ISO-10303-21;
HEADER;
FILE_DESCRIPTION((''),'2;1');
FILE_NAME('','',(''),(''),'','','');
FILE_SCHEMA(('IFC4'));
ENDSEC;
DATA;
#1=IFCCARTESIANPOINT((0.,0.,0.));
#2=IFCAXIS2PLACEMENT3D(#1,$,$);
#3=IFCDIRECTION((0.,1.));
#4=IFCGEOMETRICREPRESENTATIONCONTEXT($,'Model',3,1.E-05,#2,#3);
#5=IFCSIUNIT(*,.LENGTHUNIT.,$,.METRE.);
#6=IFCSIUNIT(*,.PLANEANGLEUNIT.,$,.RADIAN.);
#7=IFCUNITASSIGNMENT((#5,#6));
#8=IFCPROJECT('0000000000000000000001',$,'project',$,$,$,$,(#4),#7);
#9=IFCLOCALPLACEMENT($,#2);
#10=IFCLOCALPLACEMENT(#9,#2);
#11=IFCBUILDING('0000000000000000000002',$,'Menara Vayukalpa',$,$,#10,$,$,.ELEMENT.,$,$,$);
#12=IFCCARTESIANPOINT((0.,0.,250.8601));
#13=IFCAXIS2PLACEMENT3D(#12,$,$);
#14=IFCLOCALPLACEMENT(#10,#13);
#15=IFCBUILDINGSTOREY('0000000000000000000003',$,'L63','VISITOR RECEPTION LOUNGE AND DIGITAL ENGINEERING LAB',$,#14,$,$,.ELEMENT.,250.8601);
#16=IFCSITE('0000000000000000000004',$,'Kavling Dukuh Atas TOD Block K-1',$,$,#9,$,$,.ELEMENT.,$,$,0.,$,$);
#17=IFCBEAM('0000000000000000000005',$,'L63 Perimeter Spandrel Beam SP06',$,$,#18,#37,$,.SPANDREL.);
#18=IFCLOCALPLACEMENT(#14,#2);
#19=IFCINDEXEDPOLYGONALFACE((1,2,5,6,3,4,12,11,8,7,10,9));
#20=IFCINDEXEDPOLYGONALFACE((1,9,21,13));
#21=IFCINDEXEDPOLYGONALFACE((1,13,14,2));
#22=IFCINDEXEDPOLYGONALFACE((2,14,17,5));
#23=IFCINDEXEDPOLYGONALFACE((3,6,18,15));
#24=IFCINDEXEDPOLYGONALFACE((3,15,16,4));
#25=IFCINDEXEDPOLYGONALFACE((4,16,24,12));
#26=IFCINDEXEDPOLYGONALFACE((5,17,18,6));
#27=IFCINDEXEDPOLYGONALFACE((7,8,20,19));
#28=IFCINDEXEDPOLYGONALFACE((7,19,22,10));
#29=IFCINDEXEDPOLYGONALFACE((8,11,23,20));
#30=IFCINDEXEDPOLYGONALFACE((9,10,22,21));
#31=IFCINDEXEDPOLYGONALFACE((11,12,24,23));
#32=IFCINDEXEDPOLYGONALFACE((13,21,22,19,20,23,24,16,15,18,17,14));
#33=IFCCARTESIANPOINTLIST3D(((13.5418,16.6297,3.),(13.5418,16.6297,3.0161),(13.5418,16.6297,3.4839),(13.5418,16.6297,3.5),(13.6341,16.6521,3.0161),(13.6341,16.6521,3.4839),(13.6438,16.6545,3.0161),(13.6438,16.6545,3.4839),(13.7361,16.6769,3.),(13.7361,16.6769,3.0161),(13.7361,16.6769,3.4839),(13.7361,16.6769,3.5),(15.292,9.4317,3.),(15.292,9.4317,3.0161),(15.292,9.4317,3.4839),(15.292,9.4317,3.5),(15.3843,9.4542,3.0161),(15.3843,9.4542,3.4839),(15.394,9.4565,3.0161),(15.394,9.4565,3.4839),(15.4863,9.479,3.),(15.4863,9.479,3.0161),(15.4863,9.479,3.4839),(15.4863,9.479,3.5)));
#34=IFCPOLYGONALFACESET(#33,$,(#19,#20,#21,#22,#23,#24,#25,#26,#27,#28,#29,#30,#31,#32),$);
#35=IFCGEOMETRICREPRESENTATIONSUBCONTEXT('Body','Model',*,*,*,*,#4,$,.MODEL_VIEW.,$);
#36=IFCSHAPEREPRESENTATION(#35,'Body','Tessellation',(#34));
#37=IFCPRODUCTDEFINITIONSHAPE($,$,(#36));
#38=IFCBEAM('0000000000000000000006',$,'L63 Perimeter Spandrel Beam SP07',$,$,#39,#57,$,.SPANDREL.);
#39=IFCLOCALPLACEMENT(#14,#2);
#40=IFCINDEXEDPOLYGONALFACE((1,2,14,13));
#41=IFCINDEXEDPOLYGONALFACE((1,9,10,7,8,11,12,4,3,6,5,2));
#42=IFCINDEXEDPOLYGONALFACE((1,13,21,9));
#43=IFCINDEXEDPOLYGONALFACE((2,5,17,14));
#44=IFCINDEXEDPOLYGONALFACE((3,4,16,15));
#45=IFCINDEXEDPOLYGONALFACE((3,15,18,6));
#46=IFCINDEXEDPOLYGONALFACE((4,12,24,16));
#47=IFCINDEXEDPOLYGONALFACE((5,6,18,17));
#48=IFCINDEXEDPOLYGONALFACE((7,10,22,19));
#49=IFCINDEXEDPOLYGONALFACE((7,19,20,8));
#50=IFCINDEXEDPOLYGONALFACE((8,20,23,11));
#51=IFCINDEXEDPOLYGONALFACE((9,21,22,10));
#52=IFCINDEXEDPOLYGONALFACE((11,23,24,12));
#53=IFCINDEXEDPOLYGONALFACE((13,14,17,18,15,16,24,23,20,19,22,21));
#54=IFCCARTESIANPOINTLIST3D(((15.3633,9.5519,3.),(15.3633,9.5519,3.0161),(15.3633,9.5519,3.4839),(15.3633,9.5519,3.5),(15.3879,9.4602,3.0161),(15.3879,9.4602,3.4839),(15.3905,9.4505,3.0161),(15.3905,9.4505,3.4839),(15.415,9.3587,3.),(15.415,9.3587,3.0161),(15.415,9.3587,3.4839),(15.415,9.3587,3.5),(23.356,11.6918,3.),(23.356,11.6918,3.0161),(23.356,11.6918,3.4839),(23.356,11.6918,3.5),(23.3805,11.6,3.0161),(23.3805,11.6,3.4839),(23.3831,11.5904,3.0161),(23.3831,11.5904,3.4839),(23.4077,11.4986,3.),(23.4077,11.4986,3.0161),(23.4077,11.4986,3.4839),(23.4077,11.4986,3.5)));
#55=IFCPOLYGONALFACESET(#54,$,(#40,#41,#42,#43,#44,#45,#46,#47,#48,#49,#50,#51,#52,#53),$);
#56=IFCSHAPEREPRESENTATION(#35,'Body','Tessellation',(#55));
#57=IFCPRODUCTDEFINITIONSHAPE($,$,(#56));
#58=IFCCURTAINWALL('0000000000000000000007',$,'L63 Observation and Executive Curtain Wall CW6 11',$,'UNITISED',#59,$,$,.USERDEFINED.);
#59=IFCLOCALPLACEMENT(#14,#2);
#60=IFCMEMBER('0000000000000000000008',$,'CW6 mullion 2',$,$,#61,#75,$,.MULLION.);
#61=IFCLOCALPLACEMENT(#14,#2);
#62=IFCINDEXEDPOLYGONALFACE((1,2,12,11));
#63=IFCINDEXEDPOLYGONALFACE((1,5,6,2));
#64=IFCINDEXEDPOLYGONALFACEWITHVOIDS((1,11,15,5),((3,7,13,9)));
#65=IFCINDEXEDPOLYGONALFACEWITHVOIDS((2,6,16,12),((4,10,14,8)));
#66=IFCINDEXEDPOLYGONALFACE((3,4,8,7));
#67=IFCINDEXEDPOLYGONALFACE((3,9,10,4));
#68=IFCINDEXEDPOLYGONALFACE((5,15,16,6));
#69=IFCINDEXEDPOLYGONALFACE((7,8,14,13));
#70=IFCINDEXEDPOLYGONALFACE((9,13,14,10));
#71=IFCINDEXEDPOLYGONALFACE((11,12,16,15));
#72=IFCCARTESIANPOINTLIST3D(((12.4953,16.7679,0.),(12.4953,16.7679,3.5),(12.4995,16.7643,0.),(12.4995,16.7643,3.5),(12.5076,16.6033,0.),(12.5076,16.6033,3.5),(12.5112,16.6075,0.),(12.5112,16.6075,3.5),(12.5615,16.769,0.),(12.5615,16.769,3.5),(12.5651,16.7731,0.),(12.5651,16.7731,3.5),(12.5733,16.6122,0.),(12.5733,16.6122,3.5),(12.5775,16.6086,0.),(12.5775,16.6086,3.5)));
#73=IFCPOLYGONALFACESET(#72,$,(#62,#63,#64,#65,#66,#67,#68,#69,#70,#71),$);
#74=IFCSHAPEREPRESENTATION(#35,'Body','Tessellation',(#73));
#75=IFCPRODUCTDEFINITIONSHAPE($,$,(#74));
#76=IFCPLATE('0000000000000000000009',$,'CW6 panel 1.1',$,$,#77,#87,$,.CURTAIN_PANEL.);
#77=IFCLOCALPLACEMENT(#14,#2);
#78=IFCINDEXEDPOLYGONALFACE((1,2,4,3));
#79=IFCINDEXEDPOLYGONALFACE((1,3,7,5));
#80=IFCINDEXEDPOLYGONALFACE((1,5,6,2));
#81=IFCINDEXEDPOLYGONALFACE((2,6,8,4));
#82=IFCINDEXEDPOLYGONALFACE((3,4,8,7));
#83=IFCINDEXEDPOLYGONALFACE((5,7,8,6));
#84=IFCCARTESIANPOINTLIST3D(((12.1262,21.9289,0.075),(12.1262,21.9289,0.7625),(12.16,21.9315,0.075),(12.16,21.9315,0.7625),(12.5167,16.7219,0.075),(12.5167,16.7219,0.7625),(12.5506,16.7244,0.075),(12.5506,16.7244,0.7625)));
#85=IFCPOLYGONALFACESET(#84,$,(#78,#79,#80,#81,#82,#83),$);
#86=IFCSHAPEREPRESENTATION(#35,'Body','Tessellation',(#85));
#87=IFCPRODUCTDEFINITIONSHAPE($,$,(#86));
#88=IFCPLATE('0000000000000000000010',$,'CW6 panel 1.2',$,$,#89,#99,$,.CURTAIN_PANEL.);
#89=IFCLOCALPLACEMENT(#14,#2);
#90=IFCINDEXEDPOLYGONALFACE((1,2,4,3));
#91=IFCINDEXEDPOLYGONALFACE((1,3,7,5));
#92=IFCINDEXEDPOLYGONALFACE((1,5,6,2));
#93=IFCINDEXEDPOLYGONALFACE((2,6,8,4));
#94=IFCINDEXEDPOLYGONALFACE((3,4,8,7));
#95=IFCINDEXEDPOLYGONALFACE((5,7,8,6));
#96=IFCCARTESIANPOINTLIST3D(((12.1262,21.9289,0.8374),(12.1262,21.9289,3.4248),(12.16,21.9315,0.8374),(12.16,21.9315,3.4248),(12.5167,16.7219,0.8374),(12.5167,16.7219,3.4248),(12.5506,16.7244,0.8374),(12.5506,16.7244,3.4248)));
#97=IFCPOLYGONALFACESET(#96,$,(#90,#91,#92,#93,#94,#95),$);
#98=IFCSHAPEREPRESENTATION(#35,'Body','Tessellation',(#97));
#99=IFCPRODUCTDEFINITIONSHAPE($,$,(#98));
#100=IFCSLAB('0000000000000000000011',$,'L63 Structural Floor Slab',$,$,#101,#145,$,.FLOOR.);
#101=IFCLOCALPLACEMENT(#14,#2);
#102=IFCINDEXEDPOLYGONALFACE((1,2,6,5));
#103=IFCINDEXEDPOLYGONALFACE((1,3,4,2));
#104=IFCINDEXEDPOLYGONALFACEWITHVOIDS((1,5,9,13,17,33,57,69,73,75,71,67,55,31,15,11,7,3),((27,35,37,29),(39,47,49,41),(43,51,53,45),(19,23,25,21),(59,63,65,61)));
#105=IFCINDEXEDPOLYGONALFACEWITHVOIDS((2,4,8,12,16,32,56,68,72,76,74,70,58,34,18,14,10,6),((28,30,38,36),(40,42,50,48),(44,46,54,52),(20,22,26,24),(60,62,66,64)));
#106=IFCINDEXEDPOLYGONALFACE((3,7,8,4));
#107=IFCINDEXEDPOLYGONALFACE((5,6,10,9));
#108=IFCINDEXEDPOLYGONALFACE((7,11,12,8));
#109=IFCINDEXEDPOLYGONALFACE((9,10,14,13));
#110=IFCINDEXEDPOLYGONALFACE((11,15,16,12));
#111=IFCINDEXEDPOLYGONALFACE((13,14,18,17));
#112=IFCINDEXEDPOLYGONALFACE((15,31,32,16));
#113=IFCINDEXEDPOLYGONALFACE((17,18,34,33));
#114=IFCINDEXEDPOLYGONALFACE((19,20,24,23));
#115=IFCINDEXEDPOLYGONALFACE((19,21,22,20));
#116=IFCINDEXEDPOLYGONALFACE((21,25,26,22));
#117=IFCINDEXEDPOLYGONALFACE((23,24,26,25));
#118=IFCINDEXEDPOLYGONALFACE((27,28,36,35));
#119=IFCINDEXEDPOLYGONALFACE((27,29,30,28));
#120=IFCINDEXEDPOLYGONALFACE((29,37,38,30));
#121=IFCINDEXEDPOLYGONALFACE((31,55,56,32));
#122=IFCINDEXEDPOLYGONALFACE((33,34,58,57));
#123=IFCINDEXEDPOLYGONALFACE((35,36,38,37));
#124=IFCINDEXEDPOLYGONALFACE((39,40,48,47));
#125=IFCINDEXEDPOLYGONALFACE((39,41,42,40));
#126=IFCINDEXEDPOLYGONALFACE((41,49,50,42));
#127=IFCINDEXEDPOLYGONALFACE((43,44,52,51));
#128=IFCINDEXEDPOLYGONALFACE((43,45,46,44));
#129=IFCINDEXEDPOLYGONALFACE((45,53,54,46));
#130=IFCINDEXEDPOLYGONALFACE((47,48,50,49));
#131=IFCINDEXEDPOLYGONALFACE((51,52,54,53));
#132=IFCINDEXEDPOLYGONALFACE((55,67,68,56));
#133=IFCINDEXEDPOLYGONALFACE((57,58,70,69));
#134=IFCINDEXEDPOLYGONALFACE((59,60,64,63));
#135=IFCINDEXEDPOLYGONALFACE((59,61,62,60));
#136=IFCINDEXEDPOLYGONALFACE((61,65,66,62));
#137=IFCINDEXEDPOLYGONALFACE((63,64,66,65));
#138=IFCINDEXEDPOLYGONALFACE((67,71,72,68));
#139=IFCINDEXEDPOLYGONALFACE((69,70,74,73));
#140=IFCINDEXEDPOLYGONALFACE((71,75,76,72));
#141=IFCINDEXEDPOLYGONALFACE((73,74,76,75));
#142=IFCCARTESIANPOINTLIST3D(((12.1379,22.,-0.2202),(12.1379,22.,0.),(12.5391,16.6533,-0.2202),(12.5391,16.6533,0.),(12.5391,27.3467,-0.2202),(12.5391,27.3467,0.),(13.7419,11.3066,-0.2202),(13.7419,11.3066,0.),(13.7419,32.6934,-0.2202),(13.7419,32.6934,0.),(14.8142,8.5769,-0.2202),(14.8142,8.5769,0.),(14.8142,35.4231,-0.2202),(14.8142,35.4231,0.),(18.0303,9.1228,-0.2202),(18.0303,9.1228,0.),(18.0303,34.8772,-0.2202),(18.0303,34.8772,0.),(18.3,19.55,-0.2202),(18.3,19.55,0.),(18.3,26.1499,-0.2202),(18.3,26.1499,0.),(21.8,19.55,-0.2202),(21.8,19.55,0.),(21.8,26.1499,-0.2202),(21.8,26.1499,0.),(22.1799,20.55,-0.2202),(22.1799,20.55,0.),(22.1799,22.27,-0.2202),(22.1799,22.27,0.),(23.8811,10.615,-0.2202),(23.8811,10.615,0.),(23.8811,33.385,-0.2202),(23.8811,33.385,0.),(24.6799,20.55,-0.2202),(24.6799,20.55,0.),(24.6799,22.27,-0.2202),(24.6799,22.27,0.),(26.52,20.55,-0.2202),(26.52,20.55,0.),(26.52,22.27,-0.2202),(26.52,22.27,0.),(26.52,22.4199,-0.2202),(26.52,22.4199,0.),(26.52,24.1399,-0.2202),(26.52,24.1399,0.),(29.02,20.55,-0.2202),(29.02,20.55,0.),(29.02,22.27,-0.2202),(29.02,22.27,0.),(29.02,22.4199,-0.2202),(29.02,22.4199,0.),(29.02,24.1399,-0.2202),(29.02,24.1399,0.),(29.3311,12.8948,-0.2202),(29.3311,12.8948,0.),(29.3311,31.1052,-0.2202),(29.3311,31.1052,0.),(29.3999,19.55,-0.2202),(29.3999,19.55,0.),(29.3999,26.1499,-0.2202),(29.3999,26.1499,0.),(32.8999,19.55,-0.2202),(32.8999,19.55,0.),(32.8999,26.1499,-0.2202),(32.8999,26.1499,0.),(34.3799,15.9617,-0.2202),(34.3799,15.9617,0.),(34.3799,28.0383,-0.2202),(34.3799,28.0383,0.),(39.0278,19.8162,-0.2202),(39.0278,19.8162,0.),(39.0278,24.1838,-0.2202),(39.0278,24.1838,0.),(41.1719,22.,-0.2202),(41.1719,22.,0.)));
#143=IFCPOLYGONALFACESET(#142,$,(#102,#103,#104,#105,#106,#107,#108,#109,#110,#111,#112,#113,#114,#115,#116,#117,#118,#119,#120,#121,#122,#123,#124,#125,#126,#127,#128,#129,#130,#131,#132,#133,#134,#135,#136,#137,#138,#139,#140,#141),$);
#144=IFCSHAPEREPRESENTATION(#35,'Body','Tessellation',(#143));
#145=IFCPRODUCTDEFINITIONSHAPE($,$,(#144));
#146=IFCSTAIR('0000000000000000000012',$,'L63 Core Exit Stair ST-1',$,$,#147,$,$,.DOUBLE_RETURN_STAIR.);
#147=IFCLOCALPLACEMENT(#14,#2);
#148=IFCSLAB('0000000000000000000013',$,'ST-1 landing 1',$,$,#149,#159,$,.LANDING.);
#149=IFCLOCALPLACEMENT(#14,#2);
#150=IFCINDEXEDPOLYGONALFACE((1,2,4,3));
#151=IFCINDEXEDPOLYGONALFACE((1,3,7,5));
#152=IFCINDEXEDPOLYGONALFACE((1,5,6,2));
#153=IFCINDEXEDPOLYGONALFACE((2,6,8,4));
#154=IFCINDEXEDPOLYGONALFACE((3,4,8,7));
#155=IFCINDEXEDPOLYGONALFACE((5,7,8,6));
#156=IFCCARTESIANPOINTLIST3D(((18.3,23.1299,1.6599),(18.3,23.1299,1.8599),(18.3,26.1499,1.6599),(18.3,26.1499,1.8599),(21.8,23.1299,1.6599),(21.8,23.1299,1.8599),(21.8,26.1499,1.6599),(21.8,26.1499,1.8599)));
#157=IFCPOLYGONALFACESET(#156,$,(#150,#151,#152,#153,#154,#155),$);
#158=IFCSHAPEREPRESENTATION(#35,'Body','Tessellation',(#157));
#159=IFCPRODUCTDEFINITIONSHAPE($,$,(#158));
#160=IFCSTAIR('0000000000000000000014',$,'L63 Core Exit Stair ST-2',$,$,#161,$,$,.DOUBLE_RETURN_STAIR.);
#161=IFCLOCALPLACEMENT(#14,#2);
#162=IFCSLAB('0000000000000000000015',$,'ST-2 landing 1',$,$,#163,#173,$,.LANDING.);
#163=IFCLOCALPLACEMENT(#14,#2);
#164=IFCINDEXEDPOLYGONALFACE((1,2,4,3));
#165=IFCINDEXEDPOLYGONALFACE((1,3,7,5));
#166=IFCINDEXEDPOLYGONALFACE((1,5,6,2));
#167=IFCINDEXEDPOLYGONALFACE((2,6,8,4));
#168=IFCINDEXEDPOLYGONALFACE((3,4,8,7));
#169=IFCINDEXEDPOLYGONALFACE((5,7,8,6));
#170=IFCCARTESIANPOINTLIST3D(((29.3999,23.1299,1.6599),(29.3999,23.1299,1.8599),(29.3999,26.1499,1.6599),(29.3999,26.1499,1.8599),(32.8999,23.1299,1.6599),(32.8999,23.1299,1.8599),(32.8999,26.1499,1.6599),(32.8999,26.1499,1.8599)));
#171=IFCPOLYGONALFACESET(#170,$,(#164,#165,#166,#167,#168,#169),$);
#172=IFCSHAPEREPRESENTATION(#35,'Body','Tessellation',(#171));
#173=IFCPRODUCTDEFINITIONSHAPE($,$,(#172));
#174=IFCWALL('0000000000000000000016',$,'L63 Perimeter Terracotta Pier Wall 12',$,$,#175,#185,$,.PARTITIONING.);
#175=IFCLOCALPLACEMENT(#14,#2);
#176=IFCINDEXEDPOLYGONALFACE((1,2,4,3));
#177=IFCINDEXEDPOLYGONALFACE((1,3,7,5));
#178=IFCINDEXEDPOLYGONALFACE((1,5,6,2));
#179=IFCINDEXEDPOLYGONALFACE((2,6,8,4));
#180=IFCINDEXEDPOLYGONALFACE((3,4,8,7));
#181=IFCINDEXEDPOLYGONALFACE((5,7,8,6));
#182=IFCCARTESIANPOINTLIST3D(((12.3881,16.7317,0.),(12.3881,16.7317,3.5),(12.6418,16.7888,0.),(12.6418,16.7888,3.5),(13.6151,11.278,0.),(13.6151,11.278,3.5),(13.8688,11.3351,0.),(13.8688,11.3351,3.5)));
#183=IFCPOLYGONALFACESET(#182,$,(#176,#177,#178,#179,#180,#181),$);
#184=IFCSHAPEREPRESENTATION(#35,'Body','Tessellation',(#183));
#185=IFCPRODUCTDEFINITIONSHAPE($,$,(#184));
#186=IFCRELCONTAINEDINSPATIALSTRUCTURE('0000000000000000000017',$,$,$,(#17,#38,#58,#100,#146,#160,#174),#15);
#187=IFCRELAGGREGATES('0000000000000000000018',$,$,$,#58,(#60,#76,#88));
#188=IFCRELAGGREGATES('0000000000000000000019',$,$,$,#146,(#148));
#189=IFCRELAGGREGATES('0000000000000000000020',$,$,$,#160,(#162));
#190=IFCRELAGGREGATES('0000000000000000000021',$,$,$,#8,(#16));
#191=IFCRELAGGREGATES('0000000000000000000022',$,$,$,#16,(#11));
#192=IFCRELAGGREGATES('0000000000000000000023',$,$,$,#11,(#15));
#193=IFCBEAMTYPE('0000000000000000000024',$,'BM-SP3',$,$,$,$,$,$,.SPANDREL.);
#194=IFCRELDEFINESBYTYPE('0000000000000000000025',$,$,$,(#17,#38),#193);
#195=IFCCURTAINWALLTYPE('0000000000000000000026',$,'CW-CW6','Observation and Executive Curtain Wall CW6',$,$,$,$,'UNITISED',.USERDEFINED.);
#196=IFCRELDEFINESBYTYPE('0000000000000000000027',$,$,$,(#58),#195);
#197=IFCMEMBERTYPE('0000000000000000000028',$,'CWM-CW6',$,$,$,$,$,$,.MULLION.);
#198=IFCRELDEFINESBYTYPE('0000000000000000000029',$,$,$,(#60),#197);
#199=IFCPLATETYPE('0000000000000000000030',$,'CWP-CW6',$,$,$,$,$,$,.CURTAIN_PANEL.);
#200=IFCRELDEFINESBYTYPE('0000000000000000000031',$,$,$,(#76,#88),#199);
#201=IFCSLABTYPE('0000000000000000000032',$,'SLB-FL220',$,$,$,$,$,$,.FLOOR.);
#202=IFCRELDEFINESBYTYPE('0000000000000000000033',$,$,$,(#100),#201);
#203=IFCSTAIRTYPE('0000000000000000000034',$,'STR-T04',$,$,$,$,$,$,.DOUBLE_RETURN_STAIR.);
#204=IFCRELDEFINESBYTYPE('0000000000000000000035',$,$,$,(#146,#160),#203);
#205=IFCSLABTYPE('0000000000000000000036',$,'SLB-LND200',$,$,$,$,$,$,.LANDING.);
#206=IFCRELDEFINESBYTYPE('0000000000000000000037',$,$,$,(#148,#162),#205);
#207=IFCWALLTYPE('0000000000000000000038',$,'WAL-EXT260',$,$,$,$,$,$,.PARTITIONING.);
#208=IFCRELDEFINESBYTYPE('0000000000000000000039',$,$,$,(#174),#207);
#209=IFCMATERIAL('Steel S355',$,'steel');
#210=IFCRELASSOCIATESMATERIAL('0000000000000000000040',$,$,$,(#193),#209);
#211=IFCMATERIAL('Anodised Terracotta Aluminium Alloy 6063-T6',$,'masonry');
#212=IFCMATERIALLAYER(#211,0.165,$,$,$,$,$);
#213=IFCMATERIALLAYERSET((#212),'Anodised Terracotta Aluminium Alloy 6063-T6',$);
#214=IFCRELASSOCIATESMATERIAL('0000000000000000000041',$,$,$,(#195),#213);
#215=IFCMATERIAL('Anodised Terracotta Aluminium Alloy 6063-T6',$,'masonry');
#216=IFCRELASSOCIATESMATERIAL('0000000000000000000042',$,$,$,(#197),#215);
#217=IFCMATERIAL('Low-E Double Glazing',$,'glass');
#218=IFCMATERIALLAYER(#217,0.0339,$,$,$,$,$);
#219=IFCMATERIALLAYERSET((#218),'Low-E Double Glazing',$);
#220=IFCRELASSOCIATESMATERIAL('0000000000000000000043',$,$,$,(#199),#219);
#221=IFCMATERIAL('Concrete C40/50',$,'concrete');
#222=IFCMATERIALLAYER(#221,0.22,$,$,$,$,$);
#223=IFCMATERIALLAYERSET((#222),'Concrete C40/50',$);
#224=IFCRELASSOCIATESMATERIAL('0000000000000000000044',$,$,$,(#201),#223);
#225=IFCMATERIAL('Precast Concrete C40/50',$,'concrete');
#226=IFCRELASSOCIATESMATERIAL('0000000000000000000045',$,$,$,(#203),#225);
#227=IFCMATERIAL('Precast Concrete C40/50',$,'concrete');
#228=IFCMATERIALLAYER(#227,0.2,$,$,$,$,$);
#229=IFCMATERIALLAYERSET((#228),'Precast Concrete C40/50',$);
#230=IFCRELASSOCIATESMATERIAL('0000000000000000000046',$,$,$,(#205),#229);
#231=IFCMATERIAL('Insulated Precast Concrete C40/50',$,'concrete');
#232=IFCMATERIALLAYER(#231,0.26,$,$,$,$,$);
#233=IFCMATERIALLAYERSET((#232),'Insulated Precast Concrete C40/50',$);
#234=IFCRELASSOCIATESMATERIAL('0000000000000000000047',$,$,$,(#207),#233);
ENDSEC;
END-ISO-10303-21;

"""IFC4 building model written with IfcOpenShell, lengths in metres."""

from ifc_helpers import new_model, si_unit, direction, frame, frame_2d, origin, origin_2d, place, context, subcontext, project, spatial, polyline, rectangle, hollow_rectangle, i_section, outline, extrude, material, layer, layer_set, material_profile, profile_set, type_object, element, aggregate, save


model = new_model("IFC4")

# Units and contexts
model_context = context("Model", 3, precision=1e-05, world=origin(), true_north=direction((0.0, 1.0)))
body_context = subcontext(model_context, "Body", "Model", "MODEL_VIEW")
ifc_project = project(units=[si_unit("LENGTHUNIT", "METRE"), si_unit("PLANEANGLEUNIT", "RADIAN")], contexts=[model_context])

# Site, building, storey
site_placement = place(None, origin())
site = spatial("IfcSite", under=ifc_project, at=site_placement, Name="Kavling Dukuh Atas TOD Block K-1", CompositionType="ELEMENT", RefElevation=0.0)
building_placement = place(site_placement, origin())
building = spatial("IfcBuilding", under=site, at=building_placement, Name="Menara Vayukalpa", CompositionType="ELEMENT")
storey_placement = place(building_placement, frame((0.0, 0.0, 250.8601)))
storey = spatial("IfcBuildingStorey", under=building, at=storey_placement, Name="L63", Description="VISITOR RECEPTION LOUNGE AND DIGITAL ENGINEERING LAB", CompositionType="ELEMENT", Elevation=250.8601)

# Beams
ifc_material_1 = material(Name="Steel S355", Category="steel")
ifc_material_profile_1 = material_profile(ifc_material_1, i_section(OverallWidth=0.2, OverallDepth=0.5, WebThickness=0.01, FlangeThickness=0.0161, at=origin_2d()), Name="WF 500x200x10x16")
ifc_profile_set_1 = profile_set([ifc_material_profile_1], Name="Steel S355")
beam_type_1 = type_object("IfcBeamType", Name="BM-SP3", PredefinedType="SPANDREL", material=ifc_profile_set_1)
beam_1_placement = place(storey_placement, frame((13.6389, 16.6533, 3.25), z_axis=(0.236273, -0.971687, 0.0), x_axis=(0.971687, 0.236273, 0.0)))
element("IfcBeam", 1, at=beam_1_placement, inside=storey, type_object=beam_type_1, Name="L63 Perimeter Spandrel Beam SP06", PredefinedType="SPANDREL", context=body_context, shape_type="SweptSolid", body=[
    extrude(i_section(OverallWidth=0.2, OverallDepth=0.5, WebThickness=0.01, FlangeThickness=0.0161, at=origin_2d()), origin(), (0.0, 0.0, 1.0), 7.4077),
])
beam_2_placement = place(storey_placement, frame((15.3892, 9.4553, 3.25), z_axis=(0.965978, 0.258623, 0.0), x_axis=(-0.258623, 0.965978, 0.0)))
element("IfcBeam", 2, at=beam_2_placement, inside=storey, type_object=beam_type_1, Name="L63 Perimeter Spandrel Beam SP07", PredefinedType="SPANDREL", context=body_context, shape_type="SweptSolid", body=[
    extrude(i_section(OverallWidth=0.2, OverallDepth=0.5, WebThickness=0.01, FlangeThickness=0.0161, at=origin_2d()), origin(), (0.0, 0.0, 1.0), 8.2742),
])

# Curtain wall, member, plates
ifc_material_2 = material(Name="Anodised Terracotta Aluminium Alloy 6063-T6", Category="masonry")
ifc_layer_1 = layer(ifc_material_2, 0.165)
ifc_layer_set_1 = layer_set([ifc_layer_1], Name="Anodised Terracotta Aluminium Alloy 6063-T6")
curtain_wall_type = type_object("IfcCurtainWallType", Name="CW-CW6", Description="Observation and Executive Curtain Wall CW6", ElementType="UNITISED", PredefinedType="USERDEFINED", material=ifc_layer_set_1)
curtain_wall_placement = place(storey_placement, origin())
curtain_wall = element("IfcCurtainWall", 3, at=curtain_wall_placement, inside=storey, type_object=curtain_wall_type, Name="L63 Observation and Executive Curtain Wall CW6 11", ObjectType="UNITISED", PredefinedType="USERDEFINED")
ifc_material_3 = material(Name="Anodised Terracotta Aluminium Alloy 6063-T6", Category="masonry")
ifc_material_profile_2 = material_profile(ifc_material_3, hollow_rectangle(XDim=0.0701, YDim=0.165, WallThickness=0.0039, at=origin_2d()), Name="ALU 70x165x4")
ifc_profile_set_2 = profile_set([ifc_material_profile_2], Name="Anodised Terracotta Aluminium Alloy 6063-T6")
member_type = type_object("IfcMemberType", Name="CWM-CW6", PredefinedType="MULLION", material=ifc_profile_set_2)
member_placement = place(storey_placement, frame((12.5364, 16.6882, 0.0), z_axis=(0.0, 0.0, 1.0), x_axis=(0.997199, 0.074789, 0.0)))
member = element("IfcMember", 4, at=member_placement, type_object=member_type, Name="CW6 mullion 2", PredefinedType="MULLION", context=body_context, shape_type="SweptSolid", body=[
    extrude(hollow_rectangle(XDim=0.0701, YDim=0.165, WallThickness=0.0039, at=origin_2d()), origin(), (0.0, 0.0, 1.0), 3.5),
])
ifc_material_4 = material(Name="Low-E Double Glazing", Category="glass")
ifc_layer_2 = layer(ifc_material_4, 0.0339)
ifc_layer_set_2 = layer_set([ifc_layer_2], Name="Low-E Double Glazing")
plate_type = type_object("IfcPlateType", Name="CWP-CW6", PredefinedType="CURTAIN_PANEL", material=ifc_layer_set_2)
plate_1_placement = place(storey_placement, frame((12.3384, 19.3267, 0.075), z_axis=(0.0, 0.0, 1.0), x_axis=(0.074789, -0.997199, 0.0)))
plate_1 = element("IfcPlate", 5, at=plate_1_placement, type_object=plate_type, Name="CW6 panel 1.1", PredefinedType="CURTAIN_PANEL", context=body_context, shape_type="SweptSolid", body=[
    extrude(rectangle(XDim=5.2217, YDim=0.0339, at=origin_2d()), origin(), (0.0, 0.0, 1.0), 0.6875),
])
plate_2_placement = place(storey_placement, frame((12.3384, 19.3267, 0.8374), z_axis=(0.0, 0.0, 1.0), x_axis=(0.074789, -0.997199, 0.0)))
plate_2 = element("IfcPlate", 6, at=plate_2_placement, type_object=plate_type, Name="CW6 panel 1.2", PredefinedType="CURTAIN_PANEL", context=body_context, shape_type="SweptSolid", body=[
    extrude(rectangle(XDim=5.2217, YDim=0.0339, at=origin_2d()), origin(), (0.0, 0.0, 1.0), 2.5874),
])
aggregate(curtain_wall, [member, plate_1, plate_2])

# Slab
ifc_material_5 = material(Name="Concrete C40/50", Category="concrete")
ifc_layer_3 = layer(ifc_material_5, 0.22)
ifc_layer_set_3 = layer_set([ifc_layer_3], Name="Concrete C40/50")
slab_type_1 = type_object("IfcSlabType", Name="SLB-FL220", PredefinedType="FLOOR", material=ifc_layer_set_3)
slab_1_placement = place(storey_placement, frame((0.0, 0.0, -0.2202)))
element("IfcSlab", 7, at=slab_1_placement, inside=storey, type_object=slab_type_1, Name="L63 Structural Floor Slab", PredefinedType="FLOOR", context=body_context, shape_type="SweptSolid", body=[
    extrude(outline(polyline([(39.0278, 19.8162), (41.1719, 22.0), (39.0278, 24.1838), (34.3799, 28.0383), (29.3311, 31.1052), (23.8811, 33.385), (18.0303, 34.8772), (14.8142, 35.4231), (13.7419, 32.6934), (12.5391, 27.3467), (12.1379, 22.0), (12.5391, 16.6533), (13.7419, 11.3066), (14.8142, 8.5769), (18.0303, 9.1228), (23.8811, 10.615), (29.3311, 12.8948), (34.3799, 15.9617), (39.0278, 19.8162)]), holes=[polyline([(21.8, 19.55), (21.8, 26.1499), (18.3, 26.1499), (18.3, 19.55), (21.8, 19.55)]), polyline([(32.8999, 19.55), (32.8999, 26.1499), (29.3999, 26.1499), (29.3999, 19.55), (32.8999, 19.55)]), polyline([(22.1799, 20.55), (24.6799, 20.55), (24.6799, 22.27), (22.1799, 22.27), (22.1799, 20.55)]), polyline([(26.52, 20.55), (29.02, 20.55), (29.02, 22.27), (26.52, 22.27), (26.52, 20.55)]), polyline([(26.52, 22.4199), (29.02, 22.4199), (29.02, 24.1399), (26.52, 24.1399), (26.52, 22.4199)])]), origin(), (0.0, 0.0, 1.0), 0.2202),
])

# Stairs, slabs
ifc_material_6 = material(Name="Precast Concrete C40/50", Category="concrete")
stair_type = type_object("IfcStairType", Name="STR-T04", PredefinedType="DOUBLE_RETURN_STAIR", material=ifc_material_6)
stair_1_placement = place(storey_placement, origin())
stair_1 = element("IfcStair", 8, at=stair_1_placement, inside=storey, type_object=stair_type, Name="L63 Core Exit Stair ST-1", PredefinedType="DOUBLE_RETURN_STAIR")
ifc_material_7 = material(Name="Precast Concrete C40/50", Category="concrete")
ifc_layer_4 = layer(ifc_material_7, 0.2)
ifc_layer_set_4 = layer_set([ifc_layer_4], Name="Precast Concrete C40/50")
slab_type_2 = type_object("IfcSlabType", Name="SLB-LND200", PredefinedType="LANDING", material=ifc_layer_set_4)
slab_2_placement = place(storey_placement, frame((0.0, 0.0, 1.6599)))
slab_2 = element("IfcSlab", 9, at=slab_2_placement, type_object=slab_type_2, Name="ST-1 landing 1", PredefinedType="LANDING", context=body_context, shape_type="SweptSolid", body=[
    extrude(outline(polyline([(21.8, 23.1299), (21.8, 26.1499), (18.3, 26.1499), (18.3, 23.1299), (21.8, 23.1299)])), origin(), (0.0, 0.0, 1.0), 0.2),
])
aggregate(stair_1, [slab_2])
stair_2_placement = place(storey_placement, origin())
stair_2 = element("IfcStair", 10, at=stair_2_placement, inside=storey, type_object=stair_type, Name="L63 Core Exit Stair ST-2", PredefinedType="DOUBLE_RETURN_STAIR")
slab_3_placement = place(storey_placement, frame((0.0, 0.0, 1.6599)))
slab_3 = element("IfcSlab", 11, at=slab_3_placement, type_object=slab_type_2, Name="ST-2 landing 1", PredefinedType="LANDING", context=body_context, shape_type="SweptSolid", body=[
    extrude(outline(polyline([(32.8999, 23.1299), (32.8999, 26.1499), (29.3999, 26.1499), (29.3999, 23.1299), (32.8999, 23.1299)])), origin(), (0.0, 0.0, 1.0), 0.2),
])
aggregate(stair_2, [slab_3])

# Wall
ifc_material_8 = material(Name="Insulated Precast Concrete C40/50", Category="concrete")
ifc_layer_5 = layer(ifc_material_8, 0.26)
ifc_layer_set_5 = layer_set([ifc_layer_5], Name="Insulated Precast Concrete C40/50")
wall_type_1 = type_object("IfcWallType", Name="WAL-EXT260", PredefinedType="PARTITIONING", material=ifc_layer_set_5)
wall_1_placement = place(storey_placement, frame((13.7419, 11.3066, 0.0), z_axis=(0.0, 0.0, 1.0), x_axis=(-0.219501, 0.975612, 0.0)))
element("IfcWall", 12, at=wall_1_placement, inside=storey, type_object=wall_type_1, Name="L63 Perimeter Terracotta Pier Wall 12", PredefinedType="PARTITIONING", context=body_context, shape_type="SweptSolid", body=[
    extrude(rectangle(XDim=5.5901, YDim=0.26, at=frame_2d((2.7949, 0.0))), origin(), (0.0, 0.0, 1.0), 3.5),
])

save(model, "model.ifc")
